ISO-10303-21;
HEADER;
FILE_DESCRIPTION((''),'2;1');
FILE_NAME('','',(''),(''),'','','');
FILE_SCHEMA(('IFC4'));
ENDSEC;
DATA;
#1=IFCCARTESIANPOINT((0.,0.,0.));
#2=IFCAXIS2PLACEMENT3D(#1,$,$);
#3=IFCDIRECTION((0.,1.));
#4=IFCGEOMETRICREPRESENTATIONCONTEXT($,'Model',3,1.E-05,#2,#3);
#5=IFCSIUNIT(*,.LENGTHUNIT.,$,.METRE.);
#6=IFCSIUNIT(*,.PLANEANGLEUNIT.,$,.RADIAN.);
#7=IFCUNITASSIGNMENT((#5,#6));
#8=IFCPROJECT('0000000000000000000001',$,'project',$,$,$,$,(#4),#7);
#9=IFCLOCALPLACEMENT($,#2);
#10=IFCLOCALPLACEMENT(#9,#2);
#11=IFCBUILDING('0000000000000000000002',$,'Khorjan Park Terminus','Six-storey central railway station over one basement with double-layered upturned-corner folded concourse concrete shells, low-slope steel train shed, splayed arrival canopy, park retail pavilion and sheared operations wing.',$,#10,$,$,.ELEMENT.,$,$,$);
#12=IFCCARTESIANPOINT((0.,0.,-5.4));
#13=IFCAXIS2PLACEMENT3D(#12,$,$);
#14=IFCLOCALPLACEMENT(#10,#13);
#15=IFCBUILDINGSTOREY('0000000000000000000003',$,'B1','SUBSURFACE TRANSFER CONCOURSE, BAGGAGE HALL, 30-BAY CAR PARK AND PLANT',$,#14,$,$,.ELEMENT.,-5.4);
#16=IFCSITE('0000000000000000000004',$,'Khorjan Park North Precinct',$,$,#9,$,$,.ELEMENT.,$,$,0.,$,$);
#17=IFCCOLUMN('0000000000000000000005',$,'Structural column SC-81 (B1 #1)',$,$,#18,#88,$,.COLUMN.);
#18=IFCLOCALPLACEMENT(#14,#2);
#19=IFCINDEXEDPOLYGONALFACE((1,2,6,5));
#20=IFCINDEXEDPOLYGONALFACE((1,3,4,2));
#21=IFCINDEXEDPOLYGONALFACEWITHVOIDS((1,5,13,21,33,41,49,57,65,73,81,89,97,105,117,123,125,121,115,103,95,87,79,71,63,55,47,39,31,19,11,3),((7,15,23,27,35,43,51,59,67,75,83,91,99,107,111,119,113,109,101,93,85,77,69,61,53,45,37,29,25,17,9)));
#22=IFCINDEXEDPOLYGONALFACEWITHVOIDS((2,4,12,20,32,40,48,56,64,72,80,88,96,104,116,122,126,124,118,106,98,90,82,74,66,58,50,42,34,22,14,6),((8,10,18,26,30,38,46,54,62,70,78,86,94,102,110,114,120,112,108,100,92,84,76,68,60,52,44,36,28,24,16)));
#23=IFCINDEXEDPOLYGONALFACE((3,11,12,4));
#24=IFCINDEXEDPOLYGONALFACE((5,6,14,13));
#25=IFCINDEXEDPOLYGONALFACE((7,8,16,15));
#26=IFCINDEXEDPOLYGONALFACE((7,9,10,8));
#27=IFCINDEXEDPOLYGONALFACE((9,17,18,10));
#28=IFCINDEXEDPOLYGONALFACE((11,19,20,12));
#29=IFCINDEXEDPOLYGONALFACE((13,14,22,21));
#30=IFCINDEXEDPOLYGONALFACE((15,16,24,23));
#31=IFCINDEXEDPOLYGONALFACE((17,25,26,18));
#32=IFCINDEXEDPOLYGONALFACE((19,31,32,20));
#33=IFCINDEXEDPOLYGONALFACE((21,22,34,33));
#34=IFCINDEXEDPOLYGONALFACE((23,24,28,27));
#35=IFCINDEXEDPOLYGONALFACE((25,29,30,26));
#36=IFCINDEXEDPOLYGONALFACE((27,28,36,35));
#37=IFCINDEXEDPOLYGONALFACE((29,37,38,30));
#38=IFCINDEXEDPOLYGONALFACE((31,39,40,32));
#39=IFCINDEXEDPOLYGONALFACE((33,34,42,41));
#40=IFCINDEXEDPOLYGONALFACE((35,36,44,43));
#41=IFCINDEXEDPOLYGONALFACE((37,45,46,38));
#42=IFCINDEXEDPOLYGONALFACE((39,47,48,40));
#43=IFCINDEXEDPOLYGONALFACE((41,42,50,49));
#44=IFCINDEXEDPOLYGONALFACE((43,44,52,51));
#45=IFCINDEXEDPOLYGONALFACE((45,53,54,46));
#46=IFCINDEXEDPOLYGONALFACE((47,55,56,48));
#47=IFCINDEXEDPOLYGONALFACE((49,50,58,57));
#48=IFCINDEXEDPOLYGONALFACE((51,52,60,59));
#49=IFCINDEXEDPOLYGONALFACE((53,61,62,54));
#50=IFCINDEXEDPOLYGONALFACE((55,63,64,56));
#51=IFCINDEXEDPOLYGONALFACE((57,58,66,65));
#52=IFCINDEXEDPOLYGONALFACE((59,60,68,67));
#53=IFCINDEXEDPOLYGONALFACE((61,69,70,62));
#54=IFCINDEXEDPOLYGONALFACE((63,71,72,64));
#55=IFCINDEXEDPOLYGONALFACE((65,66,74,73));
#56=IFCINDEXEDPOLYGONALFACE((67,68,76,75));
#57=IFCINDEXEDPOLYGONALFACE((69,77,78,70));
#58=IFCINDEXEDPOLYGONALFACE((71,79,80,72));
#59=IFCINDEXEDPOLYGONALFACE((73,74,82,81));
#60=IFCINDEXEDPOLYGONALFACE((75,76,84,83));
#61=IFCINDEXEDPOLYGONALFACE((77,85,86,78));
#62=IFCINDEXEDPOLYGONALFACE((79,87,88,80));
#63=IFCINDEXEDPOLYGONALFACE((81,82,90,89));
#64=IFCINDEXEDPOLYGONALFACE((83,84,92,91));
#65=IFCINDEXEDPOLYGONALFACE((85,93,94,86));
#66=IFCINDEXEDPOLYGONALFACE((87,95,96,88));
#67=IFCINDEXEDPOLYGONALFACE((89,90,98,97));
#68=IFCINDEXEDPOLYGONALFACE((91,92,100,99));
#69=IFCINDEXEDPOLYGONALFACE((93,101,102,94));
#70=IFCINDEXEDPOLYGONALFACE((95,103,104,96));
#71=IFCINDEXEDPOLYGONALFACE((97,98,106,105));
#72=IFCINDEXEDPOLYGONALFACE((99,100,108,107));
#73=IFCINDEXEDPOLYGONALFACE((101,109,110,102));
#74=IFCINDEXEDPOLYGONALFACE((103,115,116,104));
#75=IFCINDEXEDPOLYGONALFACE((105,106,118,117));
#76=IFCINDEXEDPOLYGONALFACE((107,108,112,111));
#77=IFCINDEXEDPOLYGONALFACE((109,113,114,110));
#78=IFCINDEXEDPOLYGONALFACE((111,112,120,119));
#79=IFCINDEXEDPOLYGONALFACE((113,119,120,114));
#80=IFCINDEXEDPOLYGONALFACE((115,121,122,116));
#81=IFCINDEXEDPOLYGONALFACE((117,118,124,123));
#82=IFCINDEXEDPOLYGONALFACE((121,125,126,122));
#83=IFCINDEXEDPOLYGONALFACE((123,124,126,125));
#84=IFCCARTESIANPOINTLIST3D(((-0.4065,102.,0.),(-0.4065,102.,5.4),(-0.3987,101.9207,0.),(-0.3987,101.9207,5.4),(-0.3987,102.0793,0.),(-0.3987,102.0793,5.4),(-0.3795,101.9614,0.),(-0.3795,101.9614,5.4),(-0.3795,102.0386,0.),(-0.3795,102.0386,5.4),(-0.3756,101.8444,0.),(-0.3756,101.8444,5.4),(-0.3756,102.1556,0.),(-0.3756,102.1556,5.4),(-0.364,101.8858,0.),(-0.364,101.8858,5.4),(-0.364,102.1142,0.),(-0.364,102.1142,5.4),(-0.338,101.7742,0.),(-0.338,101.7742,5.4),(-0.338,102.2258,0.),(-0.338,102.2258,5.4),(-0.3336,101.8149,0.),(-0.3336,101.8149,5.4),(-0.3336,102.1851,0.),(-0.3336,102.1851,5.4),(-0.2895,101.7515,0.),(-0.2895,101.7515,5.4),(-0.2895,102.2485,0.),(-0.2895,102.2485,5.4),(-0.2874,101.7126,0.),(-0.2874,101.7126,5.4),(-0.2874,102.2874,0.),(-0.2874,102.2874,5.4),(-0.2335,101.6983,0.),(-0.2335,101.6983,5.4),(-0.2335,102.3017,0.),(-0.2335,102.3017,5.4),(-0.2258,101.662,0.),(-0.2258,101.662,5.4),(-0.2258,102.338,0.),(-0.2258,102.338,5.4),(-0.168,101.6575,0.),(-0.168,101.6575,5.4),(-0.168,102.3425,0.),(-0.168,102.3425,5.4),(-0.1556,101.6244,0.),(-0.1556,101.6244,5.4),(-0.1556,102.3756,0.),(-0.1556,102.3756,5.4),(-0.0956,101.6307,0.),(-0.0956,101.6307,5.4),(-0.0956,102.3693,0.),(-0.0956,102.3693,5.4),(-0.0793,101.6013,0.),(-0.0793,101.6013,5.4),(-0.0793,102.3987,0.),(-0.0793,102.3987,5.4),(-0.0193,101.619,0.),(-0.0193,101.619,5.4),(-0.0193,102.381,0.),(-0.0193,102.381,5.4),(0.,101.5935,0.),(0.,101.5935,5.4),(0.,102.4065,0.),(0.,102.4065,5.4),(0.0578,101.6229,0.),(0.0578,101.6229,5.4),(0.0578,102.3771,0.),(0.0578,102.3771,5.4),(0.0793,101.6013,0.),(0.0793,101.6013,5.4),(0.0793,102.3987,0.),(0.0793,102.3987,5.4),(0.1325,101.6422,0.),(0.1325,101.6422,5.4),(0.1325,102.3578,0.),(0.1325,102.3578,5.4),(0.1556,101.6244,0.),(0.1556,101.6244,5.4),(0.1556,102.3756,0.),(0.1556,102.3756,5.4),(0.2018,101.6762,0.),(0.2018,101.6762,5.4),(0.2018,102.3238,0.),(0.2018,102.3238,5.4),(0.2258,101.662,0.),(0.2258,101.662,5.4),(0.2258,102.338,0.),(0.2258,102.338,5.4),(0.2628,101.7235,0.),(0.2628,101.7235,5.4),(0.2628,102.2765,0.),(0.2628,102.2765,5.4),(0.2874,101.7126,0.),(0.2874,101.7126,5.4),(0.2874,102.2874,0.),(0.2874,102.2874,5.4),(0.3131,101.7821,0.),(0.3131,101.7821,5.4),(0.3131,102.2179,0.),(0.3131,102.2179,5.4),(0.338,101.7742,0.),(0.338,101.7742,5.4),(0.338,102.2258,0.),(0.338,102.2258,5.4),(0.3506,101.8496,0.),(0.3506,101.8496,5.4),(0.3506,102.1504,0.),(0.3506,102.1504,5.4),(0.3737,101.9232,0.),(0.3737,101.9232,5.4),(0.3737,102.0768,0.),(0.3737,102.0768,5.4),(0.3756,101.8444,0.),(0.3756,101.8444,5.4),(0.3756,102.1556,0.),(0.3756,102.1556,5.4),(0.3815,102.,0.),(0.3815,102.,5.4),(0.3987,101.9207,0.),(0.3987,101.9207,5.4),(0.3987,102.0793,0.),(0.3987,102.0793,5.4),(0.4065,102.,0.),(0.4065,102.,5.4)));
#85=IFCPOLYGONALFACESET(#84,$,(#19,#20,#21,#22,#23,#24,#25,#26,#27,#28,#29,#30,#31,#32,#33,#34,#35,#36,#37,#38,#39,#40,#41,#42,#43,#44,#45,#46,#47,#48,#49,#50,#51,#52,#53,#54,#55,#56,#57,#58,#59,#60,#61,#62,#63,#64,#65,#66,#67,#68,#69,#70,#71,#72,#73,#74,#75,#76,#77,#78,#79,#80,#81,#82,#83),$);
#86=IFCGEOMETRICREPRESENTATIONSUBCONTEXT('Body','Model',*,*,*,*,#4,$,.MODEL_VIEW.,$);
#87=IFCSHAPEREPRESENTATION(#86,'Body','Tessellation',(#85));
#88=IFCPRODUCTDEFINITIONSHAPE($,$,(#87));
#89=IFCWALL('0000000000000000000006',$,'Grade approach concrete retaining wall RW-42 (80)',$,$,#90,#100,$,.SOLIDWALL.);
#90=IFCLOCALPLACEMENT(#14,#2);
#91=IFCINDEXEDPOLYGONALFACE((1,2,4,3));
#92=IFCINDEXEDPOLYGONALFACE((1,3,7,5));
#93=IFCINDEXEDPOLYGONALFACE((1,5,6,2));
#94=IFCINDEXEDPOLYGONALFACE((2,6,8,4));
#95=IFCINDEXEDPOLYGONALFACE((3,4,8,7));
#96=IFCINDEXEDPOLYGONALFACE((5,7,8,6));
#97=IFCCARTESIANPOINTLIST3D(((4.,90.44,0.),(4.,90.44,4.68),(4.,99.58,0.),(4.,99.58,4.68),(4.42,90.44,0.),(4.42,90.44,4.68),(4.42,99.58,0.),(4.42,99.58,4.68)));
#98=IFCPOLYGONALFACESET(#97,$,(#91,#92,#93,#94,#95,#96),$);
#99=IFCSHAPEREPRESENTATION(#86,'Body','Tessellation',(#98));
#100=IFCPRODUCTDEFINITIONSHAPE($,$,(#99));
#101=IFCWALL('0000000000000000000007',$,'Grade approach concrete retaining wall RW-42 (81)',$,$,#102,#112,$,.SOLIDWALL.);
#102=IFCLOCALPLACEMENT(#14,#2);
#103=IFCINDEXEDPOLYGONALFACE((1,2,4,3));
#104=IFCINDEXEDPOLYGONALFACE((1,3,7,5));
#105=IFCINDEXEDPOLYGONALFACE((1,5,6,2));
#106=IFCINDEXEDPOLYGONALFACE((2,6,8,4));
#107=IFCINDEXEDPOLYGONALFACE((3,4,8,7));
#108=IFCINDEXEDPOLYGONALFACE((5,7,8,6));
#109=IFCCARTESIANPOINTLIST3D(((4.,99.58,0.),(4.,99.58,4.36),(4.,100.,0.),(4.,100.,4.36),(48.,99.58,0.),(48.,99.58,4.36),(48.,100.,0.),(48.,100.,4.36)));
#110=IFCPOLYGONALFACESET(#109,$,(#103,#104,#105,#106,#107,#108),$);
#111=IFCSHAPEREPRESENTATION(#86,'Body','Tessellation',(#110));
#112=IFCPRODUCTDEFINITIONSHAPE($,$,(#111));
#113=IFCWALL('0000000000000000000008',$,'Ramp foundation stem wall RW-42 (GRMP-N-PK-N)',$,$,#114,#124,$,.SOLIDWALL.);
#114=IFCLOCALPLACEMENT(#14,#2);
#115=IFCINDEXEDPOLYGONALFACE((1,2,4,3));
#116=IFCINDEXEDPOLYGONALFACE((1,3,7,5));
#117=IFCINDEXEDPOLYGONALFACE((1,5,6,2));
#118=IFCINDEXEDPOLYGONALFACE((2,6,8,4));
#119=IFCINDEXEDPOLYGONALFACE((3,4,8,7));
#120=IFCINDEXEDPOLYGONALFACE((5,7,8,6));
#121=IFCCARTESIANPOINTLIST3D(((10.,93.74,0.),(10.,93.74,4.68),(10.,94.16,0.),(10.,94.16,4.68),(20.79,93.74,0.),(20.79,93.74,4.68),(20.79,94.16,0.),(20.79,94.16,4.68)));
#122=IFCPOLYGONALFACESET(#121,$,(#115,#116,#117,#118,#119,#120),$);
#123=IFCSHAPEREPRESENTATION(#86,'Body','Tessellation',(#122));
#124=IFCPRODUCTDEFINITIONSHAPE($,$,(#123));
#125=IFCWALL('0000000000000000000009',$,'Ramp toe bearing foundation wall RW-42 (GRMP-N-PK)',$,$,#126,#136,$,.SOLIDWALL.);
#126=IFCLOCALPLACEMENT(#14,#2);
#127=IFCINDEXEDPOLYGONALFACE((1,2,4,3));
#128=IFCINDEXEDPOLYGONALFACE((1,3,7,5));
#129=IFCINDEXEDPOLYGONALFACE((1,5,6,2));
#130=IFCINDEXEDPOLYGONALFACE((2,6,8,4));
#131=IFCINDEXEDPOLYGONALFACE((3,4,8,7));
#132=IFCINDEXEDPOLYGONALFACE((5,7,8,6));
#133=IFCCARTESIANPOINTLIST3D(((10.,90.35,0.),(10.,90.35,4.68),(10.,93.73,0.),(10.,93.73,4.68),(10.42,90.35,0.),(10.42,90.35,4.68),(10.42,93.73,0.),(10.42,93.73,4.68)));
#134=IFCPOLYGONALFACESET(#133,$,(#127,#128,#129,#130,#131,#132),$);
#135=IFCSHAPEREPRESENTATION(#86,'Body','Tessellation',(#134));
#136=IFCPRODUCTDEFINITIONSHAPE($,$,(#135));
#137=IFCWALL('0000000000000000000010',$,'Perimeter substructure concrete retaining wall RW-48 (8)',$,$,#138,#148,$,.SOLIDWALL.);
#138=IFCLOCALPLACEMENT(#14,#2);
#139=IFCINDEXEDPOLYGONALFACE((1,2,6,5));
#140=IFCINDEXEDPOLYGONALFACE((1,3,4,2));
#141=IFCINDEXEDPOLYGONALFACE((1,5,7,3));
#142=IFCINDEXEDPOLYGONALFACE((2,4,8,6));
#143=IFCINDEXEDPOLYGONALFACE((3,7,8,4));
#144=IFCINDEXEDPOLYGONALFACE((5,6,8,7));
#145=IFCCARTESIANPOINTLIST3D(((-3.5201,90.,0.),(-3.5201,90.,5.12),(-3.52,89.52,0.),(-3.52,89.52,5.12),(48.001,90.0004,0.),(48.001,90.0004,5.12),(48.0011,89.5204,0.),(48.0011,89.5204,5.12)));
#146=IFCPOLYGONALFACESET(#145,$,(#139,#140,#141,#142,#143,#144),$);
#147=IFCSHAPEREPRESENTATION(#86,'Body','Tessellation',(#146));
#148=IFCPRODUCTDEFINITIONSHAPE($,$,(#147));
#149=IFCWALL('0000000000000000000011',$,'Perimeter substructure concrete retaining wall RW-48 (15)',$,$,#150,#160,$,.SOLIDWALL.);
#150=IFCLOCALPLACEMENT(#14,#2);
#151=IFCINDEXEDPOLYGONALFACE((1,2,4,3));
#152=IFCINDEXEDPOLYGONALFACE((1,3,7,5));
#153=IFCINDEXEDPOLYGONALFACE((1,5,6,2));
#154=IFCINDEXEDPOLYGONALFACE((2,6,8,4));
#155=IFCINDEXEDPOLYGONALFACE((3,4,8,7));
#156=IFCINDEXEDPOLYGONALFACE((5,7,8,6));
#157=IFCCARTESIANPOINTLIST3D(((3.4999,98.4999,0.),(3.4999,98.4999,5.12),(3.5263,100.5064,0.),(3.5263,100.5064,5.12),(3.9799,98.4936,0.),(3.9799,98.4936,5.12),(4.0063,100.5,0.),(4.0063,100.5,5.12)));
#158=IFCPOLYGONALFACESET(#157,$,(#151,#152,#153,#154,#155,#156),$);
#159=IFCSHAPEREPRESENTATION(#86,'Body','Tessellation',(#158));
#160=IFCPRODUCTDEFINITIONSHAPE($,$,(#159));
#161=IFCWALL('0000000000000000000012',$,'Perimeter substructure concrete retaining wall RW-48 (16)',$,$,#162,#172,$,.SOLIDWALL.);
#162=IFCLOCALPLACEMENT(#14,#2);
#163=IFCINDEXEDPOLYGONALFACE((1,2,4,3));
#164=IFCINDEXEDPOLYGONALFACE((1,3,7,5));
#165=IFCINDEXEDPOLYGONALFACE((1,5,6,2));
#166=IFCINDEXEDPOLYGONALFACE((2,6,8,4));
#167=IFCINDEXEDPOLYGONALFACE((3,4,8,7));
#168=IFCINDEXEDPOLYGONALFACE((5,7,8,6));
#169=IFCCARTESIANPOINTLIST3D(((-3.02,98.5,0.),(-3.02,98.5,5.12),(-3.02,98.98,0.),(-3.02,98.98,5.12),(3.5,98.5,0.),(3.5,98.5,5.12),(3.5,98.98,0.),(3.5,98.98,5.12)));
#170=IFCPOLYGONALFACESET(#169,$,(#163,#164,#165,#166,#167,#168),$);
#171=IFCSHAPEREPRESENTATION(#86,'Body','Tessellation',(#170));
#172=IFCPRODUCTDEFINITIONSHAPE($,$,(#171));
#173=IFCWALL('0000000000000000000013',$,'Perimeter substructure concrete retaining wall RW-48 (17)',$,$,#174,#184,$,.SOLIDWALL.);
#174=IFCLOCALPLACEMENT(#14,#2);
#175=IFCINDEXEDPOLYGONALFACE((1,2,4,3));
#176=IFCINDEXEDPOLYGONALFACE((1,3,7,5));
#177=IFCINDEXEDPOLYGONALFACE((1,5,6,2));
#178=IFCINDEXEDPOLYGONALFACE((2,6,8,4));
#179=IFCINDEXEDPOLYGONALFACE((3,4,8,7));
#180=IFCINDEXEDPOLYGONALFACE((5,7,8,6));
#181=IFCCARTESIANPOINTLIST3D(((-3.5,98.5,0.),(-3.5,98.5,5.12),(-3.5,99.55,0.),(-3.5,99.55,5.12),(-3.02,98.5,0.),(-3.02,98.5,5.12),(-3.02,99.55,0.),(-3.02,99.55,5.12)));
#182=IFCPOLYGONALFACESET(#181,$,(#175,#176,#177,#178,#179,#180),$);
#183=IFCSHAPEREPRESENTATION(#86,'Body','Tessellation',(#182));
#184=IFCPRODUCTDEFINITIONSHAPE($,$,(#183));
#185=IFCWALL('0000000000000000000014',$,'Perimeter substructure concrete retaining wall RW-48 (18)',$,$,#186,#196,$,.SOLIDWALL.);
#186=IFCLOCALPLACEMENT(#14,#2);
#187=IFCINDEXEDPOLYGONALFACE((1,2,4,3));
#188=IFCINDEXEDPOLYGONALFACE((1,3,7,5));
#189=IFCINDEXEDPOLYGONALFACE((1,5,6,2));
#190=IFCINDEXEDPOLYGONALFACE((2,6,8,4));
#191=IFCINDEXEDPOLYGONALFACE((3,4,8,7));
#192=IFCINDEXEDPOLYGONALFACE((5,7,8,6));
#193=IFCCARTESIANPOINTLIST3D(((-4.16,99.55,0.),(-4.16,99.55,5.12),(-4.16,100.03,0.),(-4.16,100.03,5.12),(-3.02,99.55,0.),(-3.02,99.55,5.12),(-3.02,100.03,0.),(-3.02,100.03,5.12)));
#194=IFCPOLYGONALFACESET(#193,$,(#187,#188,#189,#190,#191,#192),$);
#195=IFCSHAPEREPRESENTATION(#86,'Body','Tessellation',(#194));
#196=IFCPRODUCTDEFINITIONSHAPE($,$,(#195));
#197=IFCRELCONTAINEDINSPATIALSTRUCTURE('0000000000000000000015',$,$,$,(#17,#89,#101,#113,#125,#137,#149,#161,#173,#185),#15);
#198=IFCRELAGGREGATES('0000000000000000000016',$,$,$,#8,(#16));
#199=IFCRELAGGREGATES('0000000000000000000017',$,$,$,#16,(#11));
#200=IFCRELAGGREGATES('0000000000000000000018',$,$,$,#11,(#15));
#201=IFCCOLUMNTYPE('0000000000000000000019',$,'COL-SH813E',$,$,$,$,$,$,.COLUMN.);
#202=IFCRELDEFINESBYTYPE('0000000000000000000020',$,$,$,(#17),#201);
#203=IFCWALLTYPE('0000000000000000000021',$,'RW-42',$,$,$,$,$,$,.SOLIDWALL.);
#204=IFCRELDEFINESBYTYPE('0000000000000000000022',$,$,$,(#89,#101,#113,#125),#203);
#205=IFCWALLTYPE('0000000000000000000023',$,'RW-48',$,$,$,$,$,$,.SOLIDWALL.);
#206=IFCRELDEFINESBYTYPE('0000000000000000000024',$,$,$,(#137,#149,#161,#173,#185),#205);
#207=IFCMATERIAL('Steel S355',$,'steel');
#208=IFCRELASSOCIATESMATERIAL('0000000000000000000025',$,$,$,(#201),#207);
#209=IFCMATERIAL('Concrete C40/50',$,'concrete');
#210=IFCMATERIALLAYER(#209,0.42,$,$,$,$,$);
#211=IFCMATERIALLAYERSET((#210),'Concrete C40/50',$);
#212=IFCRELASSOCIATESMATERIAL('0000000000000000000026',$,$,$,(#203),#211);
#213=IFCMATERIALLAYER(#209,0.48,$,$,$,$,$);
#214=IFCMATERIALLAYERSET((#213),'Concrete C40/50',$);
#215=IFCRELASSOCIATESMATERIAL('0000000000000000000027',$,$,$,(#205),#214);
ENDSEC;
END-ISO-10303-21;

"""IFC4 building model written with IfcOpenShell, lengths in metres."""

from ifc_helpers import new_model, si_unit, direction, frame, frame_2d, origin, origin_2d, place, context, subcontext, project, spatial, rectangle, hollow_circle, extrude, material, layer, layer_set, material_profile, profile_set, type_object, element, save


model = new_model("IFC4")

# Units and contexts
model_context = context("Model", 3, precision=1e-05, world=origin(), true_north=direction((0.0, 1.0)))
body_context = subcontext(model_context, "Body", "Model", "MODEL_VIEW")
ifc_project = project(units=[si_unit("LENGTHUNIT", "METRE"), si_unit("PLANEANGLEUNIT", "RADIAN")], contexts=[model_context])

# Site, building, storey
site_placement = place(None, origin())
site = spatial("IfcSite", under=ifc_project, at=site_placement, Name="Khorjan Park North Precinct", CompositionType="ELEMENT", RefElevation=0.0)
building_placement = place(site_placement, origin())
building = spatial("IfcBuilding", under=site, at=building_placement, Name="Khorjan Park Terminus", Description="Six-storey central railway station over one basement with double-layered upturned-corner folded concourse concrete shells, low-slope steel train shed, splayed arrival canopy, park retail pavilion and sheared operations wing.", CompositionType="ELEMENT")
storey_placement = place(building_placement, frame((0.0, 0.0, -5.4)))
storey = spatial("IfcBuildingStorey", under=building, at=storey_placement, Name="B1", Description="SUBSURFACE TRANSFER CONCOURSE, BAGGAGE HALL, 30-BAY CAR PARK AND PLANT", CompositionType="ELEMENT", Elevation=-5.4)

# Shared definitions
ifc_material_1 = material(Name="Concrete C40/50", Category="concrete")

# Column
ifc_material_2 = material(Name="Steel S355", Category="steel")
ifc_material_profile_1 = material_profile(ifc_material_2, hollow_circle(Radius=0.4065, WallThickness=0.025, at=origin_2d()), Name="CHS 813x25")
ifc_profile_set_1 = profile_set([ifc_material_profile_1], Name="Steel S355")
column_type_1 = type_object("IfcColumnType", Name="COL-SH813E", PredefinedType="COLUMN", material=ifc_profile_set_1)
column_1_placement = place(storey_placement, frame((0.0, 102.0, 0.0), z_axis=(0.0, 0.0, 1.0), x_axis=(1.0, 0.0, 0.0)))
element("IfcColumn", 1, at=column_1_placement, inside=storey, type_object=column_type_1, Name="Structural column SC-81 (B1 #1)", PredefinedType="COLUMN", context=body_context, shape_type="SweptSolid", body=[
    extrude(hollow_circle(Radius=0.4065, WallThickness=0.025, at=origin_2d()), origin(), (0.0, 0.0, 1.0), 5.4),
])

# Walls
ifc_layer_1 = layer(ifc_material_1, 0.42)
ifc_layer_set_1 = layer_set([ifc_layer_1], Name="Concrete C40/50")
wall_type_1 = type_object("IfcWallType", Name="RW-42", PredefinedType="SOLIDWALL", material=ifc_layer_set_1)
wall_1_placement = place(storey_placement, frame((4.21, 90.44, 0.0), z_axis=(0.0, 0.0, 1.0), x_axis=(0.0, 1.0, 0.0)))
element("IfcWall", 2, at=wall_1_placement, inside=storey, type_object=wall_type_1, Name="Grade approach concrete retaining wall RW-42 (80)", PredefinedType="SOLIDWALL", context=body_context, shape_type="SweptSolid", body=[
    extrude(rectangle(XDim=9.14, YDim=0.42, at=frame_2d((4.57, 0.0))), origin(), (0.0, 0.0, 1.0), 4.68),
])
wall_2_placement = place(storey_placement, frame((4.0, 99.79, 0.0), z_axis=(0.0, 0.0, 1.0), x_axis=(1.0, 0.0, 0.0)))
element("IfcWall", 3, at=wall_2_placement, inside=storey, type_object=wall_type_1, Name="Grade approach concrete retaining wall RW-42 (81)", PredefinedType="SOLIDWALL", context=body_context, shape_type="SweptSolid", body=[
    extrude(rectangle(XDim=44.0, YDim=0.42, at=frame_2d((22.0, 0.0))), origin(), (0.0, 0.0, 1.0), 4.36),
])
wall_3_placement = place(storey_placement, frame((10.0, 93.95, 0.0), z_axis=(0.0, 0.0, 1.0), x_axis=(1.0, 0.0, 0.0)))
element("IfcWall", 4, at=wall_3_placement, inside=storey, type_object=wall_type_1, Name="Ramp foundation stem wall RW-42 (GRMP-N-PK-N)", PredefinedType="SOLIDWALL", context=body_context, shape_type="SweptSolid", body=[
    extrude(rectangle(XDim=10.79, YDim=0.42, at=frame_2d((5.395, 0.0))), origin(), (0.0, 0.0, 1.0), 4.68),
])
wall_4_placement = place(storey_placement, frame((10.21, 90.35, 0.0), z_axis=(0.0, 0.0, 1.0), x_axis=(0.0, 1.0, 0.0)))
element("IfcWall", 5, at=wall_4_placement, inside=storey, type_object=wall_type_1, Name="Ramp toe bearing foundation wall RW-42 (GRMP-N-PK)", PredefinedType="SOLIDWALL", context=body_context, shape_type="SweptSolid", body=[
    extrude(rectangle(XDim=3.38, YDim=0.42, at=frame_2d((1.69, 0.0))), origin(), (0.0, 0.0, 1.0), 4.68),
])
ifc_layer_2 = layer(ifc_material_1, 0.48)
ifc_layer_set_2 = layer_set([ifc_layer_2], Name="Concrete C40/50")
wall_type_2 = type_object("IfcWallType", Name="RW-48", PredefinedType="SOLIDWALL", material=ifc_layer_set_2)
wall_5_placement = place(storey_placement, frame((-3.52, 89.76, 0.0), z_axis=(0.0, 0.0, 1.0), x_axis=(1.0, 0.000008, 0.0)))
element("IfcWall", 6, at=wall_5_placement, inside=storey, type_object=wall_type_2, Name="Perimeter substructure concrete retaining wall RW-48 (8)", PredefinedType="SOLIDWALL", context=body_context, shape_type="SweptSolid", body=[
    extrude(rectangle(XDim=51.5211, YDim=0.48, at=frame_2d((25.7605, 0.0))), origin(), (0.0, 0.0, 1.0), 5.12),
])
wall_6_placement = place(storey_placement, frame((3.7663, 100.5032, 0.0), z_axis=(0.0, 0.0, 1.0), x_axis=(-0.013157, -0.999913, 0.0)))
element("IfcWall", 7, at=wall_6_placement, inside=storey, type_object=wall_type_2, Name="Perimeter substructure concrete retaining wall RW-48 (15)", PredefinedType="SOLIDWALL", context=body_context, shape_type="SweptSolid", body=[
    extrude(rectangle(XDim=2.0066, YDim=0.48, at=frame_2d((1.0033, 0.0))), origin(), (0.0, 0.0, 1.0), 5.12),
])
wall_7_placement = place(storey_placement, frame((3.5, 98.74, 0.0), z_axis=(0.0, 0.0, 1.0), x_axis=(-1.0, 0.0, 0.0)))
element("IfcWall", 8, at=wall_7_placement, inside=storey, type_object=wall_type_2, Name="Perimeter substructure concrete retaining wall RW-48 (16)", PredefinedType="SOLIDWALL", context=body_context, shape_type="SweptSolid", body=[
    extrude(rectangle(XDim=6.52, YDim=0.48, at=frame_2d((3.26, 0.0))), origin(), (0.0, 0.0, 1.0), 5.12),
])
wall_8_placement = place(storey_placement, frame((-3.26, 98.5, 0.0), z_axis=(0.0, 0.0, 1.0), x_axis=(0.0, 1.0, 0.0)))
element("IfcWall", 9, at=wall_8_placement, inside=storey, type_object=wall_type_2, Name="Perimeter substructure concrete retaining wall RW-48 (17)", PredefinedType="SOLIDWALL", context=body_context, shape_type="SweptSolid", body=[
    extrude(rectangle(XDim=1.05, YDim=0.48, at=frame_2d((0.525, 0.0))), origin(), (0.0, 0.0, 1.0), 5.12),
])
wall_9_placement = place(storey_placement, frame((-3.02, 99.79, 0.0), z_axis=(0.0, 0.0, 1.0), x_axis=(-1.0, 0.0, 0.0)))
element("IfcWall", 10, at=wall_9_placement, inside=storey, type_object=wall_type_2, Name="Perimeter substructure concrete retaining wall RW-48 (18)", PredefinedType="SOLIDWALL", context=body_context, shape_type="SweptSolid", body=[
    extrude(rectangle(XDim=1.14, YDim=0.48, at=frame_2d((0.57, 0.0))), origin(), (0.0, 0.0, 1.0), 5.12),
])

save(model, "model.ifc")
